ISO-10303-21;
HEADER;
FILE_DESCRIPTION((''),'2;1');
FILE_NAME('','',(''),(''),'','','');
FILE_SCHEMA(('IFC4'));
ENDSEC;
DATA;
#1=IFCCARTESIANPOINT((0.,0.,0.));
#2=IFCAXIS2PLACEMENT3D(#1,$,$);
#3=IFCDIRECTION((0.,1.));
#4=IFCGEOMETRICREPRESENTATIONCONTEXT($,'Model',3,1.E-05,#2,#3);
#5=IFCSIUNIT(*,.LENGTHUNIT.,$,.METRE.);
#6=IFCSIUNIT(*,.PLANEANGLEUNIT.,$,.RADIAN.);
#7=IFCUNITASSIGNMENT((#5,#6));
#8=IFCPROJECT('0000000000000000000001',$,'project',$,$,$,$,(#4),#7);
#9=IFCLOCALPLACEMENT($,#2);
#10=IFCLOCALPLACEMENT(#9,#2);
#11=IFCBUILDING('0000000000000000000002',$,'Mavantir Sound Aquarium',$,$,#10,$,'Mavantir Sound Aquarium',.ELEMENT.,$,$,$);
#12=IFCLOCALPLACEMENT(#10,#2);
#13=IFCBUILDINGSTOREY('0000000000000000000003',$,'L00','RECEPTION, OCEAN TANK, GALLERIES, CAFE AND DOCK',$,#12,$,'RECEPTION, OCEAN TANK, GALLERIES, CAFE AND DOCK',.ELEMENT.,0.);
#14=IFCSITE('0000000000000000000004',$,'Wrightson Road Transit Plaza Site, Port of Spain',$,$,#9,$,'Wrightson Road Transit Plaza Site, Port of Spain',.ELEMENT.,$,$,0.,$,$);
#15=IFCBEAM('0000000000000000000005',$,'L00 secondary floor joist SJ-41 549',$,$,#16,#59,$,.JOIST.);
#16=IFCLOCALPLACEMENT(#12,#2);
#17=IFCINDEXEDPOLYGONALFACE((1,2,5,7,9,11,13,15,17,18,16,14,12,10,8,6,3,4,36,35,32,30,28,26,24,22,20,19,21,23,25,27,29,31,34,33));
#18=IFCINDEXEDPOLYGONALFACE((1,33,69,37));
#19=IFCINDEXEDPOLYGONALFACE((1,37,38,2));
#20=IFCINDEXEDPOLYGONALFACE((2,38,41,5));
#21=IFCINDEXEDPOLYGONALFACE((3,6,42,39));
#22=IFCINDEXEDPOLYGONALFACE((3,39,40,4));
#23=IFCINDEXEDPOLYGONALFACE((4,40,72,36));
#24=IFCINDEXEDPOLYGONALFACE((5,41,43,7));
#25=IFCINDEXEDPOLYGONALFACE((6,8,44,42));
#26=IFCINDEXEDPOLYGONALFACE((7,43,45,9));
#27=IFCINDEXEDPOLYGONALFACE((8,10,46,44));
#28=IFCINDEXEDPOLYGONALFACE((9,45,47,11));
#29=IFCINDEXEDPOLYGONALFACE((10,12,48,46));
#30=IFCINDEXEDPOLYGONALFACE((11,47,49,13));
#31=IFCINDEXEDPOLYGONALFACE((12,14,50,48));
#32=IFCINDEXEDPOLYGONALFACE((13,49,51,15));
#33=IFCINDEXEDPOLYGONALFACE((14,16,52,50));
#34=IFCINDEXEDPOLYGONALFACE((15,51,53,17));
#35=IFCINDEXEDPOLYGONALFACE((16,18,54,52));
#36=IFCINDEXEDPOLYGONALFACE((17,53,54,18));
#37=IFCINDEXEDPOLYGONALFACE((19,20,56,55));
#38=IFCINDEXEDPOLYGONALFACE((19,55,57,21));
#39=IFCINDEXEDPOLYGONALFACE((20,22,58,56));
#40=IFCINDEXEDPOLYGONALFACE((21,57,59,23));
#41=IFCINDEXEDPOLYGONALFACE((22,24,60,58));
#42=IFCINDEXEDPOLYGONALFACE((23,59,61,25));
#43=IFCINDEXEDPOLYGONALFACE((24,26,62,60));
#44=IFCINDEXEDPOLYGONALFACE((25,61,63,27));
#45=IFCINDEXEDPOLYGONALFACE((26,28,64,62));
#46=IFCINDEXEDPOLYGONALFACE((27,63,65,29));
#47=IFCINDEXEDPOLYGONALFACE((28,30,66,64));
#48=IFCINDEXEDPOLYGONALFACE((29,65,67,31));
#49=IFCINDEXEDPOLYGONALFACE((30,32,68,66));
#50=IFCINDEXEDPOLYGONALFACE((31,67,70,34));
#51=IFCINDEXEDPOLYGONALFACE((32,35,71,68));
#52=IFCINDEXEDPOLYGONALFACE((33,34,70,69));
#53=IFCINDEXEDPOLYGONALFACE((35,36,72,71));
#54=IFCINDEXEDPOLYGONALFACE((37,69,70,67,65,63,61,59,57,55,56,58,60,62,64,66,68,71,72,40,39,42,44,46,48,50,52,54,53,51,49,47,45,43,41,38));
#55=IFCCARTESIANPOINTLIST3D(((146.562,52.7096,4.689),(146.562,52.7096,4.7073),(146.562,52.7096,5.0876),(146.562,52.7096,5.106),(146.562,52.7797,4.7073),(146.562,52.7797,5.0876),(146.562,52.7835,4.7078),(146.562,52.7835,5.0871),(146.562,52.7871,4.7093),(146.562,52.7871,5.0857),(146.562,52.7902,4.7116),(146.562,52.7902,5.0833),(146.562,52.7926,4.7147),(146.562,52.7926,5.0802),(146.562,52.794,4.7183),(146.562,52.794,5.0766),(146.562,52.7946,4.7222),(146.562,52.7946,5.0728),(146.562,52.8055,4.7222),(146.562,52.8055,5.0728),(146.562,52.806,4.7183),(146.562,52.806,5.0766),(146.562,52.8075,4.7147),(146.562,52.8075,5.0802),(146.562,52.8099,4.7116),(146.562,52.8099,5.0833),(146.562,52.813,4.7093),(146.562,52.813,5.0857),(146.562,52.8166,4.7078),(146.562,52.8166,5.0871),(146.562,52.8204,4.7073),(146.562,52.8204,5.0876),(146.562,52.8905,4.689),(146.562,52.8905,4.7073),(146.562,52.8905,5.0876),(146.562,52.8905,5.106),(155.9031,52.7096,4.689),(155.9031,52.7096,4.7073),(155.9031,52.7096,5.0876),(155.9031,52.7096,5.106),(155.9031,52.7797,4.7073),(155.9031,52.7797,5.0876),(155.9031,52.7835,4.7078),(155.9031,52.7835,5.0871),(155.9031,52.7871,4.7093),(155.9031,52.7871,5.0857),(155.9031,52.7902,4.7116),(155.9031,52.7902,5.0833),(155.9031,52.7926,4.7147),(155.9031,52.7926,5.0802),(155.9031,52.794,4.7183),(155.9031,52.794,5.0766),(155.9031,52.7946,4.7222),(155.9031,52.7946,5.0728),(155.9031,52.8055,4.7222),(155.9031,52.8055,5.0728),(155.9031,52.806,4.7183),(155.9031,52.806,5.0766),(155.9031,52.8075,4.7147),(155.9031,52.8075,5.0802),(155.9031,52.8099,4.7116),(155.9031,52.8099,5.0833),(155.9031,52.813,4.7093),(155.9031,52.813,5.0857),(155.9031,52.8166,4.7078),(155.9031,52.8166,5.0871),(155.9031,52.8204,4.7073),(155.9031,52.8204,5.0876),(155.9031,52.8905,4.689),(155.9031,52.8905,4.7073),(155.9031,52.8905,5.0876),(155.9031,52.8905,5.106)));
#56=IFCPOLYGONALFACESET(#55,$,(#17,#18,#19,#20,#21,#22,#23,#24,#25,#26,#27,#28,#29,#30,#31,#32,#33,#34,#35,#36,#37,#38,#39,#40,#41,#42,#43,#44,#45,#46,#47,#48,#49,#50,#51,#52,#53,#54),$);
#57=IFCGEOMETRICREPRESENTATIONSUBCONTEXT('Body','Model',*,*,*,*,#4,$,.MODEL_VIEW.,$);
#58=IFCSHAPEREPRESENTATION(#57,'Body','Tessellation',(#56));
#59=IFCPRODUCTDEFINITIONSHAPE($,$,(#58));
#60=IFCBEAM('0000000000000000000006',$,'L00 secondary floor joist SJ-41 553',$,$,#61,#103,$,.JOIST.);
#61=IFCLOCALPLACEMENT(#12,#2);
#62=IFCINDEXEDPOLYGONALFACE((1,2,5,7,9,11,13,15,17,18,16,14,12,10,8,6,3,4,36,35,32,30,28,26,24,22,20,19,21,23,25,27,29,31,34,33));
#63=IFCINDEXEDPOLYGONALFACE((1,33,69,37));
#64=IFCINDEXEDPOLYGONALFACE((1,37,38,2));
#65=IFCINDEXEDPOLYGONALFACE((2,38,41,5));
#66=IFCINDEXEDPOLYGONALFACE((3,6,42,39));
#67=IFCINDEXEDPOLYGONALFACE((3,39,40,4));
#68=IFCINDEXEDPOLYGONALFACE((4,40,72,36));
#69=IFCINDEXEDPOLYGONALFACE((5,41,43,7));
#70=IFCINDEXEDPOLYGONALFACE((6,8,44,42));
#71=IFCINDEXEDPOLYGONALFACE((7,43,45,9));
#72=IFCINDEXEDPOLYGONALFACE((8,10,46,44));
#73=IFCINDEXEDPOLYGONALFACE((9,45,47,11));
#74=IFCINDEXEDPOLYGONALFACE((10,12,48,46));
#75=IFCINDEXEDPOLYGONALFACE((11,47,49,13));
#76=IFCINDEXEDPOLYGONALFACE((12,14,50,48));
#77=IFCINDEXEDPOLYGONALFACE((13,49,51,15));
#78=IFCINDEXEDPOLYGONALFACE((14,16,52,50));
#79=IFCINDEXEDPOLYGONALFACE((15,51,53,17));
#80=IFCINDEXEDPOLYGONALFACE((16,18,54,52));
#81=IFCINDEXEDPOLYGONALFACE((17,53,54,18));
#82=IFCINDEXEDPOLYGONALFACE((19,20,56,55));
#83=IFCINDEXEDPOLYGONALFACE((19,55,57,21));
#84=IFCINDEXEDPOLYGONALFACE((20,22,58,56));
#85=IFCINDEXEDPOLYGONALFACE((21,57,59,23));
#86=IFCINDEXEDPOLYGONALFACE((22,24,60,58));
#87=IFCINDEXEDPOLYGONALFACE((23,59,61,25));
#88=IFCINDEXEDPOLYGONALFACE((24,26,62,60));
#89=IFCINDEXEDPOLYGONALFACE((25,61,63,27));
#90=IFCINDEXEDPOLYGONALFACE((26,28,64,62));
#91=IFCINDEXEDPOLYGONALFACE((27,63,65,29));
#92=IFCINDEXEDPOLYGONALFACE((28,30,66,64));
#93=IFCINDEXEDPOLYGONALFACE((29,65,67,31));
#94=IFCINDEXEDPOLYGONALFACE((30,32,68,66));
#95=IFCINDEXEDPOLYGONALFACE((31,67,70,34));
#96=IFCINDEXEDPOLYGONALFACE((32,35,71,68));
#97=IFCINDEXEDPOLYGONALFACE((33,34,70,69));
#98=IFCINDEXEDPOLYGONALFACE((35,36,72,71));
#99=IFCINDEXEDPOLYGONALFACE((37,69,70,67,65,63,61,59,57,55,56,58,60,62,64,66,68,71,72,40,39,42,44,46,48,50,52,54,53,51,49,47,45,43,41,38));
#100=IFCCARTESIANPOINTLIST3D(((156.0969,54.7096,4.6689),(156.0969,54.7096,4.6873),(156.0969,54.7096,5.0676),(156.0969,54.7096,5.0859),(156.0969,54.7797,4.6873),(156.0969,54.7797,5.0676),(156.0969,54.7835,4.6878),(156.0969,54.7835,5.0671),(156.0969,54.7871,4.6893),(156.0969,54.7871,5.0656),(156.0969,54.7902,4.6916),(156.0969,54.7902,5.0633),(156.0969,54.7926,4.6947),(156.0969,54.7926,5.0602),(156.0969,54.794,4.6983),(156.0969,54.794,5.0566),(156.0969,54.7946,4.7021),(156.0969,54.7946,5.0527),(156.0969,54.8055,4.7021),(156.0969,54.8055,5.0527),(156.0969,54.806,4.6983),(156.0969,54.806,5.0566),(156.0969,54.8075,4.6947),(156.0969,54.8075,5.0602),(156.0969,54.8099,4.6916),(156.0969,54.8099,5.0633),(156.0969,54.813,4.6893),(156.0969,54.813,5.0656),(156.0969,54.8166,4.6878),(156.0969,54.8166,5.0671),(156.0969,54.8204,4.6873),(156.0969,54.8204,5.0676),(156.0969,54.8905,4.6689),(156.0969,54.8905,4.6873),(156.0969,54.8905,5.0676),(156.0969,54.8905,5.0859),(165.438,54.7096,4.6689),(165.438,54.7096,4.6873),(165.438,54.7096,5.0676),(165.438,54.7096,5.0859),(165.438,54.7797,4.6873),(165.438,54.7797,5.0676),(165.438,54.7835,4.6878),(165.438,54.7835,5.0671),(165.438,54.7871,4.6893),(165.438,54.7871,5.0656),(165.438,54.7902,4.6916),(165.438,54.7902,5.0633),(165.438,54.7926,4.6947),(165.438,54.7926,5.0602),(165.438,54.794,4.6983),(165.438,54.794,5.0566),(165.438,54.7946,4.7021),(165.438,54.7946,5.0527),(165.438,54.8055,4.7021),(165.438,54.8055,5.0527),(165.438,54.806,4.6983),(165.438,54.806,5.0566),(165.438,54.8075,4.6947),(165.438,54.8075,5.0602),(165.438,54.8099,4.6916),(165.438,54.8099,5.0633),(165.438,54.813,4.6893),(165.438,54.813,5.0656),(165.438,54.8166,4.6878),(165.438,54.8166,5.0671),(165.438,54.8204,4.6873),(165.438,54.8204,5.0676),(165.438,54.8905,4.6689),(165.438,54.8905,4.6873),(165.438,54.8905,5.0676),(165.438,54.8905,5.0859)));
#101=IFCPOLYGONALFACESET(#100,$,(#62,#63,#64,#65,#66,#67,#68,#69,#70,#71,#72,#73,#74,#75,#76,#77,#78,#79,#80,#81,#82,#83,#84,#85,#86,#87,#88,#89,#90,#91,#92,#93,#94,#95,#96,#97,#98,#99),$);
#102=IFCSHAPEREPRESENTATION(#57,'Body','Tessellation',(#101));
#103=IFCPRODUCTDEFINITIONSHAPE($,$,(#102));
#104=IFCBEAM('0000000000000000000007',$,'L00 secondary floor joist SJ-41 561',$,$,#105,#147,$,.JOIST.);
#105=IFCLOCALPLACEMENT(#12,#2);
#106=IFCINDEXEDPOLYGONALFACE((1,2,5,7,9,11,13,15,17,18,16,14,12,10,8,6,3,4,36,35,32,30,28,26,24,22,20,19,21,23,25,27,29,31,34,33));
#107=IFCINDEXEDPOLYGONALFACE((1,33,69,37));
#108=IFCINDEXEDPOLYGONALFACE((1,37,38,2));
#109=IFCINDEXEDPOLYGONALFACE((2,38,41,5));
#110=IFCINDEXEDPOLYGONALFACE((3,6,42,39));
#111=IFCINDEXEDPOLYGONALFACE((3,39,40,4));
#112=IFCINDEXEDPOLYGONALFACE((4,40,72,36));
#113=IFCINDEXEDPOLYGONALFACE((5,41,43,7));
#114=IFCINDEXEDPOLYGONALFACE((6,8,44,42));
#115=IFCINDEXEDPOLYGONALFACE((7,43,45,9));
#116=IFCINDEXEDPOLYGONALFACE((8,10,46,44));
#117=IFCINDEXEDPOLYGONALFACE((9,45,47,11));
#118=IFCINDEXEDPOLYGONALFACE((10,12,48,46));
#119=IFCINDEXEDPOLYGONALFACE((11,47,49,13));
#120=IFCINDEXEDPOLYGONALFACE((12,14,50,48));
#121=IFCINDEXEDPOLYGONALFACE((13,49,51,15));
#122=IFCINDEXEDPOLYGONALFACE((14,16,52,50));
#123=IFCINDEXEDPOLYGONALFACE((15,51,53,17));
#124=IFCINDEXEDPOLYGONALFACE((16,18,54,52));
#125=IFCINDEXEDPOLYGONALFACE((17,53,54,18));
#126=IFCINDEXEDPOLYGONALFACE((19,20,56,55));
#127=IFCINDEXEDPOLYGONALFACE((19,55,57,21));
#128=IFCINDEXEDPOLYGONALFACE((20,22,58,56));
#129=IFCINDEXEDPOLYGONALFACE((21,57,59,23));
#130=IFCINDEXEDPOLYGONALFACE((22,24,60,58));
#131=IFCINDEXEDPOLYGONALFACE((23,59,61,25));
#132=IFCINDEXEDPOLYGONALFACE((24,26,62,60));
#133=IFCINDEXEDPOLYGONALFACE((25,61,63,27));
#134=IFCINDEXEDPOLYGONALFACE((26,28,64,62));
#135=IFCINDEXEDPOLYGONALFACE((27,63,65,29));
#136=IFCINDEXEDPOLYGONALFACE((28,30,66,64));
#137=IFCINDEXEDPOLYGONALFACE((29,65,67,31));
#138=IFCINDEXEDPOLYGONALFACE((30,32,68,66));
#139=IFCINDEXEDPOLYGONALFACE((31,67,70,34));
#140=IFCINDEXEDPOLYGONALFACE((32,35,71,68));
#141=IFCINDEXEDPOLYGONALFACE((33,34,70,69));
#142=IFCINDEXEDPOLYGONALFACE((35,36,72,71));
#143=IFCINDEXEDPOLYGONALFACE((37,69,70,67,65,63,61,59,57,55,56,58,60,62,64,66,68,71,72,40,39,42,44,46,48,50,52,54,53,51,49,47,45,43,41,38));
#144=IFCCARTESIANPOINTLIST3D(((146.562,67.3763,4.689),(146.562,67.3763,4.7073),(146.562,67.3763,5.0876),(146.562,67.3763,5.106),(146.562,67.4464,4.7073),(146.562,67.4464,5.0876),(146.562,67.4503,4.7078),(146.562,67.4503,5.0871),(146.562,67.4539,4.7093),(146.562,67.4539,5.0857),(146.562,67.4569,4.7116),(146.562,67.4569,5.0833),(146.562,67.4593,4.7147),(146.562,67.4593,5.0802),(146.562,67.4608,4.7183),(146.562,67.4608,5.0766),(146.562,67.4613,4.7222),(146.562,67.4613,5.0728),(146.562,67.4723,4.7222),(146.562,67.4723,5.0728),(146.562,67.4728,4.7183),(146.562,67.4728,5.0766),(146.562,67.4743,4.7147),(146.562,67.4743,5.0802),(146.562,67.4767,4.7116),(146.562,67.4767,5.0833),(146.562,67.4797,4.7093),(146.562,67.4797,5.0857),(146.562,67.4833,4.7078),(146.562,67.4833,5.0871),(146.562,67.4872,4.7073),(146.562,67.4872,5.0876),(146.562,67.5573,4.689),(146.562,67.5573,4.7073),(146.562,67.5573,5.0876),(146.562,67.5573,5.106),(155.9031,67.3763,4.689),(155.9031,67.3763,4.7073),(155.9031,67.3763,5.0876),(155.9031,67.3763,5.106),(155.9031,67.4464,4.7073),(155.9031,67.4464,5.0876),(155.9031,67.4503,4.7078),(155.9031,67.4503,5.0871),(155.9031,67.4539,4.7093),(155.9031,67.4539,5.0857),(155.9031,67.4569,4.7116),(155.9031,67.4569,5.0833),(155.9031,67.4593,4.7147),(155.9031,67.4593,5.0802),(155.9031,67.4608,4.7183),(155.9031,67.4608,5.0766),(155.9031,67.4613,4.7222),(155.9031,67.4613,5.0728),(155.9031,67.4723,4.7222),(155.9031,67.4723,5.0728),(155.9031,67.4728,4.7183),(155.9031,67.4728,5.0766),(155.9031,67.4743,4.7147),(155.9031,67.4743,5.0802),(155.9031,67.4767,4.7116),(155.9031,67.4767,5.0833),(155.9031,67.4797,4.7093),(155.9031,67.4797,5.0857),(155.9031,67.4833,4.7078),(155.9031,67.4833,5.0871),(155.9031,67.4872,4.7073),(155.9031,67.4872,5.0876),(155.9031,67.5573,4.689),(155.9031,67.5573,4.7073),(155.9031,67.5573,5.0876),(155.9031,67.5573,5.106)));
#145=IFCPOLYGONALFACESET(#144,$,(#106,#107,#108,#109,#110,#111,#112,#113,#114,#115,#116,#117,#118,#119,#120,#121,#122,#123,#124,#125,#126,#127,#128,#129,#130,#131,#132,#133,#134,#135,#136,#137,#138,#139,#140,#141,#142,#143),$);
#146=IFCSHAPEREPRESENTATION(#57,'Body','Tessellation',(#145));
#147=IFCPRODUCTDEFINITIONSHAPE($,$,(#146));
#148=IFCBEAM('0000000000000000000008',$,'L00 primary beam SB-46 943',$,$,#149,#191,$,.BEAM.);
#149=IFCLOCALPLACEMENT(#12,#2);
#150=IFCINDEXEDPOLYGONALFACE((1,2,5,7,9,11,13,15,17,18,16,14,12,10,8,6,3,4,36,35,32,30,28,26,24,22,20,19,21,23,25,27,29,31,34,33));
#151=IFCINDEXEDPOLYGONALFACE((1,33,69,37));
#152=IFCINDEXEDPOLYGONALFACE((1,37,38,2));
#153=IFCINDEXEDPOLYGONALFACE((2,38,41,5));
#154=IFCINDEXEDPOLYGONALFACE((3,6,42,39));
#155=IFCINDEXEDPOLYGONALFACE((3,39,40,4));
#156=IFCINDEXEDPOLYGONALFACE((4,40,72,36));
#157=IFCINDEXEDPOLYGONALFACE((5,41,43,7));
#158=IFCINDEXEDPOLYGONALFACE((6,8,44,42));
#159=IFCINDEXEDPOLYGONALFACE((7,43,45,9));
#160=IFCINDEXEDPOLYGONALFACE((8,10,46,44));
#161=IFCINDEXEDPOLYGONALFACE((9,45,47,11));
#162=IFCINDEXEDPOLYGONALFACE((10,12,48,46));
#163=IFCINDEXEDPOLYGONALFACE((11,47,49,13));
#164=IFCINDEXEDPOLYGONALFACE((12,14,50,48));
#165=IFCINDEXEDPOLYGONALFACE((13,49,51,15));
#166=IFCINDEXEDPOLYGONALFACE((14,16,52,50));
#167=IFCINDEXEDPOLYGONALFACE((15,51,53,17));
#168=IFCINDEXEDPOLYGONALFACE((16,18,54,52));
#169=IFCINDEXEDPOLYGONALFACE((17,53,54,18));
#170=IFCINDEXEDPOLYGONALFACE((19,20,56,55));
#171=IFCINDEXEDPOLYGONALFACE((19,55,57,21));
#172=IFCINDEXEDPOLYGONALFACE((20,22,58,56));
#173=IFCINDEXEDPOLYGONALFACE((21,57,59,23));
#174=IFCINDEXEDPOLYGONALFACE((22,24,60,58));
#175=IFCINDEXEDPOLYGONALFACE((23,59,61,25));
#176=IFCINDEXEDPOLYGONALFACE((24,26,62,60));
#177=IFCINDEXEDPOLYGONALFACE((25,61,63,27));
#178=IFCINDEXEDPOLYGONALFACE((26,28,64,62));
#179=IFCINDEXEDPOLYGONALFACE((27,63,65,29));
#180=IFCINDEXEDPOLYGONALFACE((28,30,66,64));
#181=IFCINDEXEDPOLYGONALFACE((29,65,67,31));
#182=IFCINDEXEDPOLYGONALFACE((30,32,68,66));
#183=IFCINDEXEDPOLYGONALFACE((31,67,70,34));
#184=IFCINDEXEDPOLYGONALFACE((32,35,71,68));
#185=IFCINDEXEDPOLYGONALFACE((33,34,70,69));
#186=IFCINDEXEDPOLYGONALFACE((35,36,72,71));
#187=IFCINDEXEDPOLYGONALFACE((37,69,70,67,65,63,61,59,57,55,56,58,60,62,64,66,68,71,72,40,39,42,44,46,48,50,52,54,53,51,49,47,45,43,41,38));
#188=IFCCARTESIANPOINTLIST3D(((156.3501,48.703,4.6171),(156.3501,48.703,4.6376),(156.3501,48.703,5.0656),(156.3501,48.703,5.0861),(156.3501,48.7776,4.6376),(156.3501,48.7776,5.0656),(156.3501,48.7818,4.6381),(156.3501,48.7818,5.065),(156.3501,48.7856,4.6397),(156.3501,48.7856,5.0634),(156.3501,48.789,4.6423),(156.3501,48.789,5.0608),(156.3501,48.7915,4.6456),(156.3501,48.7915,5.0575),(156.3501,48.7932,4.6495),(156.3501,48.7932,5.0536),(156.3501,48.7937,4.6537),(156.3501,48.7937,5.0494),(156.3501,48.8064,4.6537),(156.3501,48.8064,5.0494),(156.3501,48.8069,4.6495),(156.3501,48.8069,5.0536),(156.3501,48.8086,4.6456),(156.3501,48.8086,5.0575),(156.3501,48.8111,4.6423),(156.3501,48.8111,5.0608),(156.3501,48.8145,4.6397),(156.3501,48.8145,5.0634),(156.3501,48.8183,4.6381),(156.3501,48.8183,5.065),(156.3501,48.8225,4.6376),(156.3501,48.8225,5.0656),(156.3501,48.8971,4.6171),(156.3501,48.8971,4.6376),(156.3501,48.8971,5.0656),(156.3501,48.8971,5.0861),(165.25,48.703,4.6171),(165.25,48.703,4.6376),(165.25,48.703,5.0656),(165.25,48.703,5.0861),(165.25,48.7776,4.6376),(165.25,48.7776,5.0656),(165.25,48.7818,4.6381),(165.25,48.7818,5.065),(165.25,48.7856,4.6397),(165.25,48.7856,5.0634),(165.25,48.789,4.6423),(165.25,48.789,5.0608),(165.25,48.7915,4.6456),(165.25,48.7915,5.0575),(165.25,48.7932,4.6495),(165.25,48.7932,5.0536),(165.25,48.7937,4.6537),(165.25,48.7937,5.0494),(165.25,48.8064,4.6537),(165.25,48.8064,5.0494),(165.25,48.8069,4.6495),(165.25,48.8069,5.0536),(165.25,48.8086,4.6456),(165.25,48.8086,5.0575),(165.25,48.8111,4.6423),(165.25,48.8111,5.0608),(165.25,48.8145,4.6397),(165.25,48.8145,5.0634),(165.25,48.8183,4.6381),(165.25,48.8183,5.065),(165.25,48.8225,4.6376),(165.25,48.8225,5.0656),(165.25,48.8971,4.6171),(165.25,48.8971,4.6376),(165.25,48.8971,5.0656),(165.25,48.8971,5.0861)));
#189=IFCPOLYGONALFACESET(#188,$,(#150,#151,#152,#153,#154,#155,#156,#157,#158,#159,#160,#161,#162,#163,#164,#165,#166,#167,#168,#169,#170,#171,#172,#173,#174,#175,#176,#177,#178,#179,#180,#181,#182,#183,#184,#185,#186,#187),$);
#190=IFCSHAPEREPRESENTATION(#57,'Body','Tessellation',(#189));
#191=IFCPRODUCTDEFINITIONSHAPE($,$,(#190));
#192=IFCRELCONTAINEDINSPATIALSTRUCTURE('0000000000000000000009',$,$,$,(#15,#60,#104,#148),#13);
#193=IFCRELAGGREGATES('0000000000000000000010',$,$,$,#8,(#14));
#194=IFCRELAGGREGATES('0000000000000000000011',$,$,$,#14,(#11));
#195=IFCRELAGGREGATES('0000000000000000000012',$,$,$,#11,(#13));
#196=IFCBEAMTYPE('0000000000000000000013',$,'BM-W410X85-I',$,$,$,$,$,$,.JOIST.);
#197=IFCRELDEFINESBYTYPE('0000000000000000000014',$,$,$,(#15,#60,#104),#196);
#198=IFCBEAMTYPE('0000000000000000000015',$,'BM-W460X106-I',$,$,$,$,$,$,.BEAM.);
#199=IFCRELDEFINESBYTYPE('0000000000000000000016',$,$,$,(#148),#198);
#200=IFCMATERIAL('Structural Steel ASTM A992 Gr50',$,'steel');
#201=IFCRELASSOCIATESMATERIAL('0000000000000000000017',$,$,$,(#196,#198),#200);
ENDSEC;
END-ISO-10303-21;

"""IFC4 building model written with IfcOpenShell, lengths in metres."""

from ifc_helpers import new_model, si_unit, direction, frame, origin, origin_2d, place, context, subcontext, project, spatial, i_section, extrude, material, material_profile, profile_set, type_object, element, save


model = new_model("IFC4")

# Units and contexts
model_context = context("Model", 3, precision=1e-05, world=origin(), true_north=direction((0.0, 1.0)))
body_context = subcontext(model_context, "Body", "Model", "MODEL_VIEW")
ifc_project = project(units=[si_unit("LENGTHUNIT", "METRE"), si_unit("PLANEANGLEUNIT", "RADIAN")], contexts=[model_context])

# Site, building, storey
site_placement = place(None, origin())
site = spatial("IfcSite", under=ifc_project, at=site_placement, Name="Wrightson Road Transit Plaza Site, Port of Spain", LongName="Wrightson Road Transit Plaza Site, Port of Spain", CompositionType="ELEMENT", RefElevation=0.0)
building_placement = place(site_placement, origin())
building = spatial("IfcBuilding", under=site, at=building_placement, Name="Mavantir Sound Aquarium", LongName="Mavantir Sound Aquarium", CompositionType="ELEMENT")
storey_placement = place(building_placement, origin())
storey = spatial("IfcBuildingStorey", under=building, at=storey_placement, Name="L00", Description="RECEPTION, OCEAN TANK, GALLERIES, CAFE AND DOCK", LongName="RECEPTION, OCEAN TANK, GALLERIES, CAFE AND DOCK", CompositionType="ELEMENT", Elevation=0.0)

# Beams
ifc_material_1 = material(Name="Structural Steel ASTM A992 Gr50", Category="steel")
ifc_material_profile_1 = material_profile(ifc_material_1, i_section(OverallWidth=0.1809, OverallDepth=0.417, WebThickness=0.011, FlangeThickness=0.0183, FilletRadius=0.0149, at=origin_2d()), Name="W410X85")
ifc_profile_set_1 = profile_set([ifc_material_profile_1], Name="Structural Steel ASTM A992 Gr50")
beam_type_1 = type_object("IfcBeamType", Name="BM-W410X85-I", PredefinedType="JOIST", material=ifc_profile_set_1)
for number, where, z_axis, x_axis, name in (
    (1, (146.562, 52.8, 4.8975), (1.0, 0.0, 0.0), (0.0, 1.0, 0.0), "L00 secondary floor joist SJ-41 549"),
    (2, (156.0969, 54.8, 4.8774), (1.0, 0.0, 0.0), (0.0, 1.0, 0.0), "L00 secondary floor joist SJ-41 553"),
    (3, (146.562, 67.4668, 4.8975), (1.0, 0.0, 0.0), (0.0, 1.0, 0.0), "L00 secondary floor joist SJ-41 561"),
):
    element("IfcBeam", number, at=place(storey_placement, frame(where, z_axis=z_axis, x_axis=x_axis)), inside=storey, type_object=beam_type_1, Name=name, PredefinedType="JOIST", context=body_context, shape_type="SweptSolid", body=[
        extrude(i_section(OverallWidth=0.1809, OverallDepth=0.417, WebThickness=0.011, FlangeThickness=0.0183, FilletRadius=0.0149, at=origin_2d()), origin(), (0.0, 0.0, 1.0), 9.3411),
    ])
ifc_material_profile_2 = material_profile(ifc_material_1, i_section(OverallWidth=0.1941, OverallDepth=0.469, WebThickness=0.0127, FlangeThickness=0.0205, FilletRadius=0.0161, at=origin_2d()), Name="W460X106")
ifc_profile_set_2 = profile_set([ifc_material_profile_2], Name="Structural Steel ASTM A992 Gr50")
beam_type_2 = type_object("IfcBeamType", Name="BM-W460X106-I", PredefinedType="BEAM", material=ifc_profile_set_2)
for number, where, z_axis, x_axis, name in (
    (4, (156.3501, 48.8, 4.8516), (1.0, 0.0, 0.0), (0.0, 1.0, 0.0), "L00 primary beam SB-46 943"),
):
    element("IfcBeam", number, at=place(storey_placement, frame(where, z_axis=z_axis, x_axis=x_axis)), inside=storey, type_object=beam_type_2, Name=name, PredefinedType="BEAM", context=body_context, shape_type="SweptSolid", body=[
        extrude(i_section(OverallWidth=0.1941, OverallDepth=0.469, WebThickness=0.0127, FlangeThickness=0.0205, FilletRadius=0.0161, at=origin_2d()), origin(), (0.0, 0.0, 1.0), 8.8999),
    ])

save(model, "model.ifc")
